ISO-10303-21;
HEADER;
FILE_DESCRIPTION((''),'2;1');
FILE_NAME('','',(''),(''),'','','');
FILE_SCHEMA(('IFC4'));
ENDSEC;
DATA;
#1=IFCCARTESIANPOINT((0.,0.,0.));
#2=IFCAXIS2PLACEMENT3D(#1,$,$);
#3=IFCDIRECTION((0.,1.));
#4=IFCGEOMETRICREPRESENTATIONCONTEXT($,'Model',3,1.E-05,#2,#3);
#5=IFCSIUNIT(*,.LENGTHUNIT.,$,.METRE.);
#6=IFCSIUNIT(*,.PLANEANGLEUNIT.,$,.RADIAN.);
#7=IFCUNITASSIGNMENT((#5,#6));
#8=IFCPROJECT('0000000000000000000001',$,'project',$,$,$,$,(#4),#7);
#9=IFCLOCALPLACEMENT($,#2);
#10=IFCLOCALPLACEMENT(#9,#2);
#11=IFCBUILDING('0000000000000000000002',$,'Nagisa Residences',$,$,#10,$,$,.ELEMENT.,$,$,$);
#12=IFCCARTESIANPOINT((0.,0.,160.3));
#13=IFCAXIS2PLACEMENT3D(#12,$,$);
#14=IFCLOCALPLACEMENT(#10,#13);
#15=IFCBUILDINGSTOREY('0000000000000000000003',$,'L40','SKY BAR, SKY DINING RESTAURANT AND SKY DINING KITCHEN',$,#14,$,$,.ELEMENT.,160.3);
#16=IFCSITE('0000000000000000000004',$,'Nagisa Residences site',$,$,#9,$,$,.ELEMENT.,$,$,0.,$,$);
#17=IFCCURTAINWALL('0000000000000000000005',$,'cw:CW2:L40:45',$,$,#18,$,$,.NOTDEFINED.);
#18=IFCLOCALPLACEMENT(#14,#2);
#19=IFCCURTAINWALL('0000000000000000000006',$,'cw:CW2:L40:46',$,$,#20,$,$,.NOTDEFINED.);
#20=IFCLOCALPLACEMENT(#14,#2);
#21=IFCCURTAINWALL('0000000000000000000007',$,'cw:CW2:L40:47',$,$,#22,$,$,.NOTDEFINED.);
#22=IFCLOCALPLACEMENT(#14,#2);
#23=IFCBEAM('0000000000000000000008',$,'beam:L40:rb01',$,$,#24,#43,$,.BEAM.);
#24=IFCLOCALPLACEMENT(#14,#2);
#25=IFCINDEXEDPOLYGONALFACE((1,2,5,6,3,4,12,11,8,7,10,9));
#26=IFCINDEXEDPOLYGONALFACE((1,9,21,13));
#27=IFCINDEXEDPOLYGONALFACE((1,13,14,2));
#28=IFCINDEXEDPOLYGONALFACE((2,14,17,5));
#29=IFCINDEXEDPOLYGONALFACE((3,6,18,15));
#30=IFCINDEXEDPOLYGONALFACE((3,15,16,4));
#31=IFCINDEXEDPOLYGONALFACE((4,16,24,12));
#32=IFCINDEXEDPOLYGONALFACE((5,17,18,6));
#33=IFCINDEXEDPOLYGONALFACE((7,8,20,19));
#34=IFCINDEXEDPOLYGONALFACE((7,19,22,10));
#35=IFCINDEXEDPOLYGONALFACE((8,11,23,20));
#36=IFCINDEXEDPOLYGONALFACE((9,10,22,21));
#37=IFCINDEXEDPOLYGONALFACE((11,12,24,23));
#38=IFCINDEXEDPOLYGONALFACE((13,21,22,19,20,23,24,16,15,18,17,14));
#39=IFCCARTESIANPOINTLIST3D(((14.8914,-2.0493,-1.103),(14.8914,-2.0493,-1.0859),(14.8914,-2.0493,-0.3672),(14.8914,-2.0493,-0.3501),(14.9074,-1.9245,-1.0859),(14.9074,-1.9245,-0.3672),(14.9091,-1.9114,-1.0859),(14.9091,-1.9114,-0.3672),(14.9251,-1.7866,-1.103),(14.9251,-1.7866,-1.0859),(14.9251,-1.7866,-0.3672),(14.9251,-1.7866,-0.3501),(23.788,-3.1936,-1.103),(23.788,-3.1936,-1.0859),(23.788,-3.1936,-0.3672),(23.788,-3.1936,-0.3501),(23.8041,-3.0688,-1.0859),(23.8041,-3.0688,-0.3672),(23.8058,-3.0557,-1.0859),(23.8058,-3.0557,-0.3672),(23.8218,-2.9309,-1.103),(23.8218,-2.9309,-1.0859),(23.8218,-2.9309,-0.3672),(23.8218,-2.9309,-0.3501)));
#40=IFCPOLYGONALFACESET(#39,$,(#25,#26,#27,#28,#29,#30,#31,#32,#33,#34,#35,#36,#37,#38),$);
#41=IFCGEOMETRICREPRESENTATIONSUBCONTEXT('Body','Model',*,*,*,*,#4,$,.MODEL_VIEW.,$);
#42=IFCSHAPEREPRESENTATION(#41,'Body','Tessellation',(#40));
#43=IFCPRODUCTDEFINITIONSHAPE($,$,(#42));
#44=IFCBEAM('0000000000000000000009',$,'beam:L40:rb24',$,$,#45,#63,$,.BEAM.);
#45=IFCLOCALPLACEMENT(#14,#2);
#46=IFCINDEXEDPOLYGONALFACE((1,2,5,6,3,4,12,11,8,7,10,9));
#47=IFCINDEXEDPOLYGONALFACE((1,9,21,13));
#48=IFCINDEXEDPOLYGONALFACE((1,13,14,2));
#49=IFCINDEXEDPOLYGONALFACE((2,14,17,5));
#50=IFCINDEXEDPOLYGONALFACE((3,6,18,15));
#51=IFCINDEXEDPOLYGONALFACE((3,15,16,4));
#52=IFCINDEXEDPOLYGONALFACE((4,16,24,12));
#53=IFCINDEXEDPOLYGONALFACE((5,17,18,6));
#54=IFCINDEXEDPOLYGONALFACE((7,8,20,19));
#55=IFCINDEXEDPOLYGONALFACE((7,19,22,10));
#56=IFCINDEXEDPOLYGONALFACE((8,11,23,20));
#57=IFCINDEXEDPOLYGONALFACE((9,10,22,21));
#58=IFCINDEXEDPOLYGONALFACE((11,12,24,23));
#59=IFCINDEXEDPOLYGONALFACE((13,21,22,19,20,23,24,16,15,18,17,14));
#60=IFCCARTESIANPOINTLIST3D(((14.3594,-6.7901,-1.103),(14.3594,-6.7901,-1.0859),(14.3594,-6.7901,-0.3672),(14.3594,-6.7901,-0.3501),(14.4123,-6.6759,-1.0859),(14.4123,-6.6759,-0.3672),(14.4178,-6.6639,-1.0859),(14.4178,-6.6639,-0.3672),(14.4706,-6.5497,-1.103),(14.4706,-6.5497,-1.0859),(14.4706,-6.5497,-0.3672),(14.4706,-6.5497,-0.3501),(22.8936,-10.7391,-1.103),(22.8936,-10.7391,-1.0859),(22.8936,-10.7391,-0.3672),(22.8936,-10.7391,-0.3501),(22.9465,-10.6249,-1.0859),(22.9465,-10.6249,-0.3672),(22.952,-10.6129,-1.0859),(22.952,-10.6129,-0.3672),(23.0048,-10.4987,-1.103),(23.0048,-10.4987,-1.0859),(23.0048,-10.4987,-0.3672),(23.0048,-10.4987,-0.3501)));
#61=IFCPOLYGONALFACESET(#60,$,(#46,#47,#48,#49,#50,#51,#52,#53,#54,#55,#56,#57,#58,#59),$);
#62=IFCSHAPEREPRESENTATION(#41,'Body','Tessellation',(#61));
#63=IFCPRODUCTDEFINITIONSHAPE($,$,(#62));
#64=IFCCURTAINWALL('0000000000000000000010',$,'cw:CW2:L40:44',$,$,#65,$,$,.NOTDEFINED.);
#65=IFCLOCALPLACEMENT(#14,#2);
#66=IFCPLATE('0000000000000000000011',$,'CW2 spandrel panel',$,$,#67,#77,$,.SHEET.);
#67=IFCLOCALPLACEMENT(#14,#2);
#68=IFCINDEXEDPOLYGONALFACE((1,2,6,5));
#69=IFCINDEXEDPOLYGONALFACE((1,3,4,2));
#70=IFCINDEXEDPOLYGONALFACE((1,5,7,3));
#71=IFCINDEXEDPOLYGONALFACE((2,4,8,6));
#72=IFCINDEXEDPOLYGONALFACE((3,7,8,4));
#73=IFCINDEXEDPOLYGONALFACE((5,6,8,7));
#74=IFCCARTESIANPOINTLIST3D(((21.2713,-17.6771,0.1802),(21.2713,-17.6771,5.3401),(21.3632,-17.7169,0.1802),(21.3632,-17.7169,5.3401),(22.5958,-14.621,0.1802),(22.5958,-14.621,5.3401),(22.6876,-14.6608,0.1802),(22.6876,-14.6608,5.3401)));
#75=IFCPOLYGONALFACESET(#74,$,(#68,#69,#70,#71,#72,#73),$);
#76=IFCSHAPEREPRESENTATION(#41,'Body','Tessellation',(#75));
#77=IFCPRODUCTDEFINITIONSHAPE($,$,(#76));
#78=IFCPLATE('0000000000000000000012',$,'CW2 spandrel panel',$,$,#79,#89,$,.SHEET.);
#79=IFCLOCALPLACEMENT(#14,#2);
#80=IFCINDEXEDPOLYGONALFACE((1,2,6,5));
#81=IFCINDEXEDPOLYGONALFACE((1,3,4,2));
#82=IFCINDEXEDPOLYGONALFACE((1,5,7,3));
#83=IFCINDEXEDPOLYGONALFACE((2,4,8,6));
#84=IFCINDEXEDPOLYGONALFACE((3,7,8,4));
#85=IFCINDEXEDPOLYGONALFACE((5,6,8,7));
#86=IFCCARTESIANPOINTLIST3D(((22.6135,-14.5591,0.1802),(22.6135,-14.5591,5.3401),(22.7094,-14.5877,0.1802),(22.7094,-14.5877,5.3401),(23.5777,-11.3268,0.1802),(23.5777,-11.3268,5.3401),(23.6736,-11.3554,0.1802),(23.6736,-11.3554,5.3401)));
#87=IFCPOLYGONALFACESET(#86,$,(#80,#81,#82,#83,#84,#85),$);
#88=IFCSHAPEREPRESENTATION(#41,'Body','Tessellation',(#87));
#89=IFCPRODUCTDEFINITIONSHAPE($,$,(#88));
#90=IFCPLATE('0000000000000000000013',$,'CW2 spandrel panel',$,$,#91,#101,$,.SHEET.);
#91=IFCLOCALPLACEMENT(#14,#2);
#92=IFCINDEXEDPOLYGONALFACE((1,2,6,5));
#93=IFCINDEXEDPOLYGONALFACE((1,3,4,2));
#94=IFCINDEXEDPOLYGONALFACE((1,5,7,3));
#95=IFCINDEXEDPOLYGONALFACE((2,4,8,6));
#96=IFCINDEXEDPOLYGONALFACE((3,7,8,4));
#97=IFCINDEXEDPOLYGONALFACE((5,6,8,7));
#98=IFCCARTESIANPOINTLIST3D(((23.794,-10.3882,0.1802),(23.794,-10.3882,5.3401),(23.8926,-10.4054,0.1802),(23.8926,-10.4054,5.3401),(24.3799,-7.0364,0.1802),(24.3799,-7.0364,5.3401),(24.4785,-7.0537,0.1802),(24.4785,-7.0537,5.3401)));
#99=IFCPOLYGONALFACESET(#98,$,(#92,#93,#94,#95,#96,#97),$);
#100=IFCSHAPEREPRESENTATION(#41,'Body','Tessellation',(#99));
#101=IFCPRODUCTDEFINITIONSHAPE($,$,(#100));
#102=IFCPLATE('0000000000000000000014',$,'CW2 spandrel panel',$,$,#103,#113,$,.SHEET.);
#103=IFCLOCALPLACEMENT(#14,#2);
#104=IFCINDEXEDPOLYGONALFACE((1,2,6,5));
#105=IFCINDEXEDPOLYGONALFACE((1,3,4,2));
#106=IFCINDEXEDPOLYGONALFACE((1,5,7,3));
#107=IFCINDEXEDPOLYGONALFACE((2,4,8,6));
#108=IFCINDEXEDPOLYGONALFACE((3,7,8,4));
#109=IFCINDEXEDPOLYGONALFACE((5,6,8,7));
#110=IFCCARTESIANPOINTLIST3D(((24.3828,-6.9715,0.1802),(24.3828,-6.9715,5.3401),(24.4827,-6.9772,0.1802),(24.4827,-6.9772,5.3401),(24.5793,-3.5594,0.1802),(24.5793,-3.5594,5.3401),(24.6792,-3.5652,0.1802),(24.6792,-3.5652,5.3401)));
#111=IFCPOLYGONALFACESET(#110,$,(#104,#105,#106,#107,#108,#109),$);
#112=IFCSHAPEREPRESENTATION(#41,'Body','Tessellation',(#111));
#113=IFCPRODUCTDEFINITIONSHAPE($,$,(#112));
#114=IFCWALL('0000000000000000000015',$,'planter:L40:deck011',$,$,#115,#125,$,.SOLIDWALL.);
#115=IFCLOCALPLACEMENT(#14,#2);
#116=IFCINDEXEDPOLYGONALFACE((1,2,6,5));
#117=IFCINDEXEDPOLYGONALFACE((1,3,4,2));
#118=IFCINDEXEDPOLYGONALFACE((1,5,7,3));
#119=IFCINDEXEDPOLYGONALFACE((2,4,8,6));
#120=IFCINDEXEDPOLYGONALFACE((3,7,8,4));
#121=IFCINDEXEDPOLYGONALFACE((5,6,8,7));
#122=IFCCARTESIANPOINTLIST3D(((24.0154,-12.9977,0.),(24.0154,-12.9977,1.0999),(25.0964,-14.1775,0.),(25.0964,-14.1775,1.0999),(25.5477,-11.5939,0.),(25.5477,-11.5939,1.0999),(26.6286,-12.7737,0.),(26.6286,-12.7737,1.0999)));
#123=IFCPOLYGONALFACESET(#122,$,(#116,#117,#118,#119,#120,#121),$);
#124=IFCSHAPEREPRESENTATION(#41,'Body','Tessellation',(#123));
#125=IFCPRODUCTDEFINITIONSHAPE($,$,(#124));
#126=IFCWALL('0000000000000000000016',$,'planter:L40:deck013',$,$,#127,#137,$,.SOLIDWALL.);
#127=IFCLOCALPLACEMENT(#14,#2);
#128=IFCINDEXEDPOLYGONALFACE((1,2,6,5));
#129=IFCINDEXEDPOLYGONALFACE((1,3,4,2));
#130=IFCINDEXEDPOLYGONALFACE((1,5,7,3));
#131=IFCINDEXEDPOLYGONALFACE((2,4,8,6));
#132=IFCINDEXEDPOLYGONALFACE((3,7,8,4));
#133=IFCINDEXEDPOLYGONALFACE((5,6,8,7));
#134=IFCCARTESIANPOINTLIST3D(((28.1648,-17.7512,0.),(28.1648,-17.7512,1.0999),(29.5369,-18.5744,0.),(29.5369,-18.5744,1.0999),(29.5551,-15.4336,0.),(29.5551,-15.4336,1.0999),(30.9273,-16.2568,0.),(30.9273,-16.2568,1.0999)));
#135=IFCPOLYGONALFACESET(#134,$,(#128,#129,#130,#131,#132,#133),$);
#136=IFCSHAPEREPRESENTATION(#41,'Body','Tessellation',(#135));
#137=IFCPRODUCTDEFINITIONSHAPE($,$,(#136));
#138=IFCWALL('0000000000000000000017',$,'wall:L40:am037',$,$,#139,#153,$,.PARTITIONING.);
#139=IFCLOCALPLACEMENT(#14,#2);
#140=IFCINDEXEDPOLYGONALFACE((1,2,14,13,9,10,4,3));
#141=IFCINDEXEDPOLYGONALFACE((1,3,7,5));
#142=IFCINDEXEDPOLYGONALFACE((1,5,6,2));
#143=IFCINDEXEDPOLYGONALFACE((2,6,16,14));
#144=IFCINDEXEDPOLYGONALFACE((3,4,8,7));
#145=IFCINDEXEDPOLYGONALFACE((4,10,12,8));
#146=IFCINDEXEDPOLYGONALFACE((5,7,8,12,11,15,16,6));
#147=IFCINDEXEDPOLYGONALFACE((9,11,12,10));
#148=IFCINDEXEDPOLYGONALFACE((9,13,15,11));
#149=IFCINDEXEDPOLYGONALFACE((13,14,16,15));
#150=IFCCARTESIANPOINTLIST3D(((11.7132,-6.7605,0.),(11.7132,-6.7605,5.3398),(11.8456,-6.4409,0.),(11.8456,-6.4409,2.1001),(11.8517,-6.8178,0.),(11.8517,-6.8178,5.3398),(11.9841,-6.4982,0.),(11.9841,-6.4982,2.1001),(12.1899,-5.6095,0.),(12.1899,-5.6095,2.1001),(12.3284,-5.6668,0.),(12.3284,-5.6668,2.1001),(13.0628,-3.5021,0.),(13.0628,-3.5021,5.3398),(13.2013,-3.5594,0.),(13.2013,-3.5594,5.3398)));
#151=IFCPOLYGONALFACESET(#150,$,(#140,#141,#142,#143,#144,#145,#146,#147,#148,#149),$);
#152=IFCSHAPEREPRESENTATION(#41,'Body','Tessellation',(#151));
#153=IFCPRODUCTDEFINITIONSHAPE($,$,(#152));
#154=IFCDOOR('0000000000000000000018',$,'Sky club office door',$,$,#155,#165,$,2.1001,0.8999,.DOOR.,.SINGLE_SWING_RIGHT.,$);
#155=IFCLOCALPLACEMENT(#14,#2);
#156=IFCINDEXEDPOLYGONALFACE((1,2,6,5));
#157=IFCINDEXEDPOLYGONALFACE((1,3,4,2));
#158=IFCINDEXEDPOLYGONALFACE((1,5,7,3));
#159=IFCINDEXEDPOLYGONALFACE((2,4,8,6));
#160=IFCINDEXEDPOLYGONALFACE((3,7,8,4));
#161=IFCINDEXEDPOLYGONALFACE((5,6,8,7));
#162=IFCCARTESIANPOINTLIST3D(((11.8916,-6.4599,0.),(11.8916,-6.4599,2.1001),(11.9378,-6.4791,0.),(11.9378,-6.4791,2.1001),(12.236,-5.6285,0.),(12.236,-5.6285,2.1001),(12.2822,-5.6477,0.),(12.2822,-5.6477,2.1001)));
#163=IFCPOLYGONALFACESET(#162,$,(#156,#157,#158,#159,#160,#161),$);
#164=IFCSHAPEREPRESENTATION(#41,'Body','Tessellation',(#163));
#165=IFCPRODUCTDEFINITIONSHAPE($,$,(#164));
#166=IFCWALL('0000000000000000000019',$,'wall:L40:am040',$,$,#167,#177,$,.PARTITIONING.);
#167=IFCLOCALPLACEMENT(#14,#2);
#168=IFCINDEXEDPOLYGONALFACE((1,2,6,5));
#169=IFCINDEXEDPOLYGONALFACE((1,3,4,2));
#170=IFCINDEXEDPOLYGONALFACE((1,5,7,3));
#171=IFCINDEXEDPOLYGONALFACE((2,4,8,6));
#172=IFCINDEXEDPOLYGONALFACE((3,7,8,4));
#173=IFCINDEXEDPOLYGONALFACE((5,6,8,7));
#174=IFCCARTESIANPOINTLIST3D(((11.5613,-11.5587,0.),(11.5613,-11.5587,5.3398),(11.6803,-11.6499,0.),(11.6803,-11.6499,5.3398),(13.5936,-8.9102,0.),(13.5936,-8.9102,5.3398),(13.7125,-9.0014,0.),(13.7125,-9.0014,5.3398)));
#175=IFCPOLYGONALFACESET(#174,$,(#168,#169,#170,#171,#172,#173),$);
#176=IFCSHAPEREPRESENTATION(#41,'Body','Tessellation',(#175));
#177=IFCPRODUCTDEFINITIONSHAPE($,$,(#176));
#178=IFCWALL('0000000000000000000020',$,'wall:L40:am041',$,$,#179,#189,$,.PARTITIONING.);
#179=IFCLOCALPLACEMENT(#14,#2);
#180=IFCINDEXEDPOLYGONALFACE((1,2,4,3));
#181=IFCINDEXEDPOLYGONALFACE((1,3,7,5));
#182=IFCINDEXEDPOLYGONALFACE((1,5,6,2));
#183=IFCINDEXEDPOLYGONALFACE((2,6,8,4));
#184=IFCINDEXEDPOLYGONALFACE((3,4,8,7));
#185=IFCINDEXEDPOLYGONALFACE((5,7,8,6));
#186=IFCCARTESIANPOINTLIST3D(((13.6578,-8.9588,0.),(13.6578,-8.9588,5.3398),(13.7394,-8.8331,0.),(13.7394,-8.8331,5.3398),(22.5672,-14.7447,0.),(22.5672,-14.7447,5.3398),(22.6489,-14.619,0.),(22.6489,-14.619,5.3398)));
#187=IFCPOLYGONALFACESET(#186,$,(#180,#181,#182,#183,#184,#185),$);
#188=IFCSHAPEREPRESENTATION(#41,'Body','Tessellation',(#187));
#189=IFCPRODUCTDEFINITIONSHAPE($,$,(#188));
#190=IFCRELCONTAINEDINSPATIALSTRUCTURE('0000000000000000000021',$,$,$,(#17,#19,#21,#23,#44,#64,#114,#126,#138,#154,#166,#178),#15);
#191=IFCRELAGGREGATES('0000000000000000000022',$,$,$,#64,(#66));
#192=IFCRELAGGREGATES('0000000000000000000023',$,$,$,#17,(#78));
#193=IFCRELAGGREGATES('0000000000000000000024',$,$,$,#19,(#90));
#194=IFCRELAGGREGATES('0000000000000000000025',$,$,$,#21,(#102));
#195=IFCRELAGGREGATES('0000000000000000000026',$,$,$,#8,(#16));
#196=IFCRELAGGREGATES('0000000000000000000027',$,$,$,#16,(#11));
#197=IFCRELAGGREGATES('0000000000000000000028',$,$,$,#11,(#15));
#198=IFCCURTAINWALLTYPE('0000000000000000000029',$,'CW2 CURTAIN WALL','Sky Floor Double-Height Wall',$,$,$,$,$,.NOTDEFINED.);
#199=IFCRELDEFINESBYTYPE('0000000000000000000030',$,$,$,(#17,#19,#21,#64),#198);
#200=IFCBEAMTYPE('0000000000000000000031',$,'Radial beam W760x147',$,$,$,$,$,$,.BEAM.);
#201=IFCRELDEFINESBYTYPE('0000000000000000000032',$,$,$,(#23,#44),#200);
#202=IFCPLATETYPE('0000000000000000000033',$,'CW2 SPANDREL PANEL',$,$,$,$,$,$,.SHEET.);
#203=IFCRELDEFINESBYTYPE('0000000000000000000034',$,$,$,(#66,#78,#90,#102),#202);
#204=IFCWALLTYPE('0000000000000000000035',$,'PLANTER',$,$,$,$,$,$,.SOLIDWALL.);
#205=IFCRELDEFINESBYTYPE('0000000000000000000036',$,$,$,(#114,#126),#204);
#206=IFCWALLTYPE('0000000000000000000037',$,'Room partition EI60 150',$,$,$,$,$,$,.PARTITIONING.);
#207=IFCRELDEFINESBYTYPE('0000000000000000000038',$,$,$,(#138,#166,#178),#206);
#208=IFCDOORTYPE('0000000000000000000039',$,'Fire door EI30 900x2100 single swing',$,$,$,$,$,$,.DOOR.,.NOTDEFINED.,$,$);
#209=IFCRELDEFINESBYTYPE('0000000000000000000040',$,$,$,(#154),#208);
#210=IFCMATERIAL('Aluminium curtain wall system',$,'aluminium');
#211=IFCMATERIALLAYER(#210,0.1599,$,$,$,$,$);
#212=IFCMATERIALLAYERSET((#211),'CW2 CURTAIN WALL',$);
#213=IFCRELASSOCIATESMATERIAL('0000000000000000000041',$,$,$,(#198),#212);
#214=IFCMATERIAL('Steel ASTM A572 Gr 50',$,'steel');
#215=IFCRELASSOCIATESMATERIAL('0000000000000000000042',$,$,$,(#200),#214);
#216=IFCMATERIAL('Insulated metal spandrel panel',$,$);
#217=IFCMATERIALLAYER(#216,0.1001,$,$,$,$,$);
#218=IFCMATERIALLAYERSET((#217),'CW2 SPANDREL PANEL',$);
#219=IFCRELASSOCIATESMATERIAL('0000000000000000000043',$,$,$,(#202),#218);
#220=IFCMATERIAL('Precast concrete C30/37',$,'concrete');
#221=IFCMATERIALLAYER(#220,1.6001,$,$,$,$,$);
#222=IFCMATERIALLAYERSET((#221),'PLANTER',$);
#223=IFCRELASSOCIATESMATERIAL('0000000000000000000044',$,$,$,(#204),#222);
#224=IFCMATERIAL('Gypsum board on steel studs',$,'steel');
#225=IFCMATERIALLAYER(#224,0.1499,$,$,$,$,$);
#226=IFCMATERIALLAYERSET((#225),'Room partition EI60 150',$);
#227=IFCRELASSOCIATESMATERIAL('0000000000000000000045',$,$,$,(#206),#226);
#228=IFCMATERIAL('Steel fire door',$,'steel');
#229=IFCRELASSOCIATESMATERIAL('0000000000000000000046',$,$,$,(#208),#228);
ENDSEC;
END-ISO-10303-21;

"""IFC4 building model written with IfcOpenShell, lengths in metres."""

from ifc_helpers import new_model, si_unit, direction, frame, frame_2d, origin, origin_2d, place, context, subcontext, project, spatial, rectangle, i_section, extrude, material, layer, layer_set, material_profile, profile_set, type_object, element, fill, aggregate, save


model = new_model("IFC4")

# Units and contexts
model_context = context("Model", 3, precision=1e-05, world=origin(), true_north=direction((0.0, 1.0)))
body_context = subcontext(model_context, "Body", "Model", "MODEL_VIEW")
ifc_project = project(units=[si_unit("LENGTHUNIT", "METRE"), si_unit("PLANEANGLEUNIT", "RADIAN")], contexts=[model_context])

# Site, building, storey
site_placement = place(None, origin())
site = spatial("IfcSite", under=ifc_project, at=site_placement, Name="Nagisa Residences site", CompositionType="ELEMENT", RefElevation=0.0)
building_placement = place(site_placement, origin())
building = spatial("IfcBuilding", under=site, at=building_placement, Name="Nagisa Residences", CompositionType="ELEMENT")
storey_placement = place(building_placement, frame((0.0, 0.0, 160.3)))
storey = spatial("IfcBuildingStorey", under=building, at=storey_placement, Name="L40", Description="SKY BAR, SKY DINING RESTAURANT AND SKY DINING KITCHEN", CompositionType="ELEMENT", Elevation=160.3)

# Curtain walls
ifc_material_1 = material(Name="Aluminium curtain wall system", Category="aluminium")
ifc_layer_1 = layer(ifc_material_1, 0.1599)
ifc_layer_set_1 = layer_set([ifc_layer_1], Name="CW2 CURTAIN WALL")
curtain_wall_type = type_object("IfcCurtainWallType", Name="CW2 CURTAIN WALL", Description="Sky Floor Double-Height Wall", PredefinedType="NOTDEFINED", material=ifc_layer_set_1)
curtain_wall_1_placement = place(storey_placement, origin())
curtain_wall_1 = element("IfcCurtainWall", 1, at=curtain_wall_1_placement, inside=storey, type_object=curtain_wall_type, Name="cw:CW2:L40:45", PredefinedType="NOTDEFINED")
curtain_wall_2_placement = place(storey_placement, origin())
curtain_wall_2 = element("IfcCurtainWall", 2, at=curtain_wall_2_placement, inside=storey, type_object=curtain_wall_type, Name="cw:CW2:L40:46", PredefinedType="NOTDEFINED")
curtain_wall_3_placement = place(storey_placement, origin())
curtain_wall_3 = element("IfcCurtainWall", 3, at=curtain_wall_3_placement, inside=storey, type_object=curtain_wall_type, Name="cw:CW2:L40:47", PredefinedType="NOTDEFINED")

# Beams
ifc_material_2 = material(Name="Steel ASTM A572 Gr 50", Category="steel")
ifc_material_profile_1 = material_profile(ifc_material_2, i_section(OverallWidth=0.2649, OverallDepth=0.7529, WebThickness=0.0132, FlangeThickness=0.0171, at=origin_2d()), Name="W760x147")
ifc_profile_set_1 = profile_set([ifc_material_profile_1], Name="Steel ASTM A572 Gr 50")
beam_type_1 = type_object("IfcBeamType", Name="Radial beam W760x147", PredefinedType="BEAM", material=ifc_profile_set_1)
beam_1_placement = place(storey_placement, frame((23.8049, -3.0623, -0.7266), z_axis=(-0.99183, 0.127568, 0.0), x_axis=(-0.127568, -0.99183, 0.0)))
element("IfcBeam", 4, at=beam_1_placement, inside=storey, type_object=beam_type_1, Name="beam:L40:rb01", PredefinedType="BEAM", context=body_context, shape_type="SweptSolid", body=[
    extrude(i_section(OverallWidth=0.2649, OverallDepth=0.7529, WebThickness=0.0132, FlangeThickness=0.0171, at=origin_2d()), origin(), (0.0, 0.0, 1.0), 8.97),
])
beam_2_placement = place(storey_placement, frame((22.9492, -10.6189, -0.7266), z_axis=(-0.907549, 0.419945, 0.0), x_axis=(-0.419945, -0.907549, 0.0)))
element("IfcBeam", 5, at=beam_2_placement, inside=storey, type_object=beam_type_1, Name="beam:L40:rb24", PredefinedType="BEAM", context=body_context, shape_type="SweptSolid", body=[
    extrude(i_section(OverallWidth=0.2649, OverallDepth=0.7529, WebThickness=0.0132, FlangeThickness=0.0171, at=origin_2d()), origin(), (0.0, 0.0, 1.0), 9.4036),
])

# Curtain wall, plate
curtain_wall_4_placement = place(storey_placement, origin())
curtain_wall_4 = element("IfcCurtainWall", 6, at=curtain_wall_4_placement, inside=storey, type_object=curtain_wall_type, Name="cw:CW2:L40:44", PredefinedType="NOTDEFINED")
ifc_material_3 = material(Name="Insulated metal spandrel panel")
ifc_layer_2 = layer(ifc_material_3, 0.1001)
ifc_layer_set_2 = layer_set([ifc_layer_2], Name="CW2 SPANDREL PANEL")
plate_type = type_object("IfcPlateType", Name="CW2 SPANDREL PANEL", PredefinedType="SHEET", material=ifc_layer_set_2)
plate_1_placement = place(storey_placement, frame((21.9795, -16.1689, 0.1802), z_axis=(0.0, 0.0, 1.0), x_axis=(0.397636, 0.917543, 0.0)))
plate_1 = element("IfcPlate", 7, at=plate_1_placement, type_object=plate_type, Name="CW2 spandrel panel", PredefinedType="SHEET", context=body_context, shape_type="SweptSolid", body=[
    extrude(rectangle(XDim=3.3308, YDim=0.1001, at=origin_2d()), origin(), (0.0, 0.0, 1.0), 5.1599),
])
aggregate(curtain_wall_4, [plate_1])

# Plates
plate_2_placement = place(storey_placement, frame((23.1436, -12.9573, 0.1802), z_axis=(0.0, 0.0, 1.0), x_axis=(0.28586, 0.958271, 0.0)))
plate_2 = element("IfcPlate", 8, at=plate_2_placement, type_object=plate_type, Name="CW2 spandrel panel", PredefinedType="SHEET", context=body_context, shape_type="SweptSolid", body=[
    extrude(rectangle(XDim=3.373, YDim=0.1001, at=origin_2d()), origin(), (0.0, 0.0, 1.0), 5.1599),
])
aggregate(curtain_wall_1, [plate_2])
plate_3_placement = place(storey_placement, frame((24.1362, -8.7209, 0.1802), z_axis=(0.0, 0.0, 1.0), x_axis=(0.172191, 0.985064, 0.0)))
plate_3 = element("IfcPlate", 9, at=plate_3_placement, type_object=plate_type, Name="CW2 spandrel panel", PredefinedType="SHEET", context=body_context, shape_type="SweptSolid", body=[
    extrude(rectangle(XDim=3.4026, YDim=0.1001, at=origin_2d()), origin(), (0.0, 0.0, 1.0), 5.1599),
])
aggregate(curtain_wall_2, [plate_3])
plate_4_placement = place(storey_placement, frame((24.531, -5.2683, 0.1802), z_axis=(0.0, 0.0, 1.0), x_axis=(0.057503, 0.998345, 0.0)))
plate_4 = element("IfcPlate", 10, at=plate_4_placement, type_object=plate_type, Name="CW2 spandrel panel", PredefinedType="SHEET", context=body_context, shape_type="SweptSolid", body=[
    extrude(rectangle(XDim=3.4177, YDim=0.1001, at=origin_2d()), origin(), (0.0, 0.0, 1.0), 5.1599),
])
aggregate(curtain_wall_3, [plate_4])

# Walls
ifc_material_4 = material(Name="Precast concrete C30/37", Category="concrete")
ifc_layer_3 = layer(ifc_material_4, 1.6001)
ifc_layer_set_3 = layer_set([ifc_layer_3], Name="PLANTER")
wall_type_1 = type_object("IfcWallType", Name="PLANTER", PredefinedType="SOLIDWALL", material=ifc_layer_set_3)
wall_1_placement = place(storey_placement, frame((24.5559, -13.5876, 0.0), z_axis=(0.0, 0.0, 1.0), x_axis=(0.73733, 0.675533, 0.0)))
element("IfcWall", 11, at=wall_1_placement, inside=storey, type_object=wall_type_1, Name="planter:L40:deck011", PredefinedType="SOLIDWALL", context=body_context, shape_type="SweptSolid", body=[
    extrude(rectangle(XDim=2.0781, YDim=1.6001, at=frame_2d((1.0391, 0.0))), origin(), (0.0, 0.0, 1.0), 1.0999),
])
wall_2_placement = place(storey_placement, frame((30.2412, -15.8452, 0.0), z_axis=(0.0, 0.0, 1.0), x_axis=(-0.514443, -0.857525, 0.0)))
element("IfcWall", 12, at=wall_2_placement, inside=storey, type_object=wall_type_1, Name="planter:L40:deck013", PredefinedType="SOLIDWALL", context=body_context, shape_type="SweptSolid", body=[
    extrude(rectangle(XDim=2.7026, YDim=1.6001, at=frame_2d((1.3513, 0.0))), origin(), (0.0, 0.0, 1.0), 1.0999),
])

# Wall, opening, door
ifc_material_5 = material(Name="Gypsum board on steel studs", Category="steel")
ifc_layer_4 = layer(ifc_material_5, 0.1499)
ifc_layer_set_4 = layer_set([ifc_layer_4], Name="Room partition EI60 150")
wall_type_2 = type_object("IfcWallType", Name="Room partition EI60 150", PredefinedType="PARTITIONING", material=ifc_layer_set_4)
wall_3_placement = place(storey_placement, frame((13.1321, -3.5308, 0.0), z_axis=(0.0, 0.0, 1.0), x_axis=(-0.382678, -0.923882, 0.0)))
wall_3 = element("IfcWall", 13, at=wall_3_placement, inside=storey, type_object=wall_type_2, Name="wall:L40:am037", PredefinedType="PARTITIONING", context=body_context, shape_type="SweptSolid", body=[
    extrude(rectangle(XDim=3.5269, YDim=0.1499, at=frame_2d((1.7634, 0.0))), origin(), (0.0, 0.0, 1.0), 5.3398),
])
opening_placement = place(wall_3_placement, frame((2.281, 0.0, 0.0)))
opening = element("IfcOpeningElement", 14, at=opening_placement, cuts=wall_3, PredefinedType="OPENING", context=body_context, shape_type="SweptSolid", body=[
    extrude(rectangle(XDim=0.8999, YDim=2.1001, at=frame_2d((0.45, 1.05))), frame((0.0, 0.085, 0.0), z_axis=(0.0, -1.0, 0.0), x_axis=(1.0, 0.0, 0.0)), (0.0, 0.0, 1.0), 0.1699),
])
ifc_material_6 = material(Name="Steel fire door", Category="steel")
door_type = type_object("IfcDoorType", Name="Fire door EI30 900x2100 single swing", OperationType="NOTDEFINED", PredefinedType="DOOR", material=ifc_material_6)
door_placement = place(opening_placement, origin())
door = element("IfcDoor", 15, at=door_placement, inside=storey, type_object=door_type, Name="Sky club office door", OperationType="SINGLE_SWING_RIGHT", OverallHeight=2.1001, OverallWidth=0.8999, PredefinedType="DOOR", context=body_context, shape_type="SweptSolid", body=[
    extrude(rectangle(XDim=0.8999, YDim=2.1001, at=frame_2d((0.45, 1.05))), frame((0.0, 0.0249, 0.0), z_axis=(0.0, -1.0, 0.0), x_axis=(1.0, 0.0, 0.0)), (0.0, 0.0, 1.0), 0.05),
])
fill(opening, door)

# Walls
wall_4_placement = place(storey_placement, frame((13.6531, -8.9558, 0.0), z_axis=(0.0, 0.0, 1.0), x_axis=(-0.608763, -0.793352, 0.0)))
element("IfcWall", 16, at=wall_4_placement, inside=storey, type_object=wall_type_2, Name="wall:L40:am040", PredefinedType="PARTITIONING", context=body_context, shape_type="SweptSolid", body=[
    extrude(rectangle(XDim=3.3384, YDim=0.1499, at=frame_2d((1.6692, 0.0))), origin(), (0.0, 0.0, 1.0), 5.3398),
])
wall_5_placement = place(storey_placement, frame((13.6987, -8.896, 0.0), z_axis=(0.0, 0.0, 1.0), x_axis=(0.838669, -0.544642, 0.0)))
element("IfcWall", 17, at=wall_5_placement, inside=storey, type_object=wall_type_2, Name="wall:L40:am041", PredefinedType="PARTITIONING", context=body_context, shape_type="SweptSolid", body=[
    extrude(rectangle(XDim=10.6233, YDim=0.1499, at=frame_2d((5.3115, 0.0))), origin(), (0.0, 0.0, 1.0), 5.3398),
])

save(model, "model.ifc")
